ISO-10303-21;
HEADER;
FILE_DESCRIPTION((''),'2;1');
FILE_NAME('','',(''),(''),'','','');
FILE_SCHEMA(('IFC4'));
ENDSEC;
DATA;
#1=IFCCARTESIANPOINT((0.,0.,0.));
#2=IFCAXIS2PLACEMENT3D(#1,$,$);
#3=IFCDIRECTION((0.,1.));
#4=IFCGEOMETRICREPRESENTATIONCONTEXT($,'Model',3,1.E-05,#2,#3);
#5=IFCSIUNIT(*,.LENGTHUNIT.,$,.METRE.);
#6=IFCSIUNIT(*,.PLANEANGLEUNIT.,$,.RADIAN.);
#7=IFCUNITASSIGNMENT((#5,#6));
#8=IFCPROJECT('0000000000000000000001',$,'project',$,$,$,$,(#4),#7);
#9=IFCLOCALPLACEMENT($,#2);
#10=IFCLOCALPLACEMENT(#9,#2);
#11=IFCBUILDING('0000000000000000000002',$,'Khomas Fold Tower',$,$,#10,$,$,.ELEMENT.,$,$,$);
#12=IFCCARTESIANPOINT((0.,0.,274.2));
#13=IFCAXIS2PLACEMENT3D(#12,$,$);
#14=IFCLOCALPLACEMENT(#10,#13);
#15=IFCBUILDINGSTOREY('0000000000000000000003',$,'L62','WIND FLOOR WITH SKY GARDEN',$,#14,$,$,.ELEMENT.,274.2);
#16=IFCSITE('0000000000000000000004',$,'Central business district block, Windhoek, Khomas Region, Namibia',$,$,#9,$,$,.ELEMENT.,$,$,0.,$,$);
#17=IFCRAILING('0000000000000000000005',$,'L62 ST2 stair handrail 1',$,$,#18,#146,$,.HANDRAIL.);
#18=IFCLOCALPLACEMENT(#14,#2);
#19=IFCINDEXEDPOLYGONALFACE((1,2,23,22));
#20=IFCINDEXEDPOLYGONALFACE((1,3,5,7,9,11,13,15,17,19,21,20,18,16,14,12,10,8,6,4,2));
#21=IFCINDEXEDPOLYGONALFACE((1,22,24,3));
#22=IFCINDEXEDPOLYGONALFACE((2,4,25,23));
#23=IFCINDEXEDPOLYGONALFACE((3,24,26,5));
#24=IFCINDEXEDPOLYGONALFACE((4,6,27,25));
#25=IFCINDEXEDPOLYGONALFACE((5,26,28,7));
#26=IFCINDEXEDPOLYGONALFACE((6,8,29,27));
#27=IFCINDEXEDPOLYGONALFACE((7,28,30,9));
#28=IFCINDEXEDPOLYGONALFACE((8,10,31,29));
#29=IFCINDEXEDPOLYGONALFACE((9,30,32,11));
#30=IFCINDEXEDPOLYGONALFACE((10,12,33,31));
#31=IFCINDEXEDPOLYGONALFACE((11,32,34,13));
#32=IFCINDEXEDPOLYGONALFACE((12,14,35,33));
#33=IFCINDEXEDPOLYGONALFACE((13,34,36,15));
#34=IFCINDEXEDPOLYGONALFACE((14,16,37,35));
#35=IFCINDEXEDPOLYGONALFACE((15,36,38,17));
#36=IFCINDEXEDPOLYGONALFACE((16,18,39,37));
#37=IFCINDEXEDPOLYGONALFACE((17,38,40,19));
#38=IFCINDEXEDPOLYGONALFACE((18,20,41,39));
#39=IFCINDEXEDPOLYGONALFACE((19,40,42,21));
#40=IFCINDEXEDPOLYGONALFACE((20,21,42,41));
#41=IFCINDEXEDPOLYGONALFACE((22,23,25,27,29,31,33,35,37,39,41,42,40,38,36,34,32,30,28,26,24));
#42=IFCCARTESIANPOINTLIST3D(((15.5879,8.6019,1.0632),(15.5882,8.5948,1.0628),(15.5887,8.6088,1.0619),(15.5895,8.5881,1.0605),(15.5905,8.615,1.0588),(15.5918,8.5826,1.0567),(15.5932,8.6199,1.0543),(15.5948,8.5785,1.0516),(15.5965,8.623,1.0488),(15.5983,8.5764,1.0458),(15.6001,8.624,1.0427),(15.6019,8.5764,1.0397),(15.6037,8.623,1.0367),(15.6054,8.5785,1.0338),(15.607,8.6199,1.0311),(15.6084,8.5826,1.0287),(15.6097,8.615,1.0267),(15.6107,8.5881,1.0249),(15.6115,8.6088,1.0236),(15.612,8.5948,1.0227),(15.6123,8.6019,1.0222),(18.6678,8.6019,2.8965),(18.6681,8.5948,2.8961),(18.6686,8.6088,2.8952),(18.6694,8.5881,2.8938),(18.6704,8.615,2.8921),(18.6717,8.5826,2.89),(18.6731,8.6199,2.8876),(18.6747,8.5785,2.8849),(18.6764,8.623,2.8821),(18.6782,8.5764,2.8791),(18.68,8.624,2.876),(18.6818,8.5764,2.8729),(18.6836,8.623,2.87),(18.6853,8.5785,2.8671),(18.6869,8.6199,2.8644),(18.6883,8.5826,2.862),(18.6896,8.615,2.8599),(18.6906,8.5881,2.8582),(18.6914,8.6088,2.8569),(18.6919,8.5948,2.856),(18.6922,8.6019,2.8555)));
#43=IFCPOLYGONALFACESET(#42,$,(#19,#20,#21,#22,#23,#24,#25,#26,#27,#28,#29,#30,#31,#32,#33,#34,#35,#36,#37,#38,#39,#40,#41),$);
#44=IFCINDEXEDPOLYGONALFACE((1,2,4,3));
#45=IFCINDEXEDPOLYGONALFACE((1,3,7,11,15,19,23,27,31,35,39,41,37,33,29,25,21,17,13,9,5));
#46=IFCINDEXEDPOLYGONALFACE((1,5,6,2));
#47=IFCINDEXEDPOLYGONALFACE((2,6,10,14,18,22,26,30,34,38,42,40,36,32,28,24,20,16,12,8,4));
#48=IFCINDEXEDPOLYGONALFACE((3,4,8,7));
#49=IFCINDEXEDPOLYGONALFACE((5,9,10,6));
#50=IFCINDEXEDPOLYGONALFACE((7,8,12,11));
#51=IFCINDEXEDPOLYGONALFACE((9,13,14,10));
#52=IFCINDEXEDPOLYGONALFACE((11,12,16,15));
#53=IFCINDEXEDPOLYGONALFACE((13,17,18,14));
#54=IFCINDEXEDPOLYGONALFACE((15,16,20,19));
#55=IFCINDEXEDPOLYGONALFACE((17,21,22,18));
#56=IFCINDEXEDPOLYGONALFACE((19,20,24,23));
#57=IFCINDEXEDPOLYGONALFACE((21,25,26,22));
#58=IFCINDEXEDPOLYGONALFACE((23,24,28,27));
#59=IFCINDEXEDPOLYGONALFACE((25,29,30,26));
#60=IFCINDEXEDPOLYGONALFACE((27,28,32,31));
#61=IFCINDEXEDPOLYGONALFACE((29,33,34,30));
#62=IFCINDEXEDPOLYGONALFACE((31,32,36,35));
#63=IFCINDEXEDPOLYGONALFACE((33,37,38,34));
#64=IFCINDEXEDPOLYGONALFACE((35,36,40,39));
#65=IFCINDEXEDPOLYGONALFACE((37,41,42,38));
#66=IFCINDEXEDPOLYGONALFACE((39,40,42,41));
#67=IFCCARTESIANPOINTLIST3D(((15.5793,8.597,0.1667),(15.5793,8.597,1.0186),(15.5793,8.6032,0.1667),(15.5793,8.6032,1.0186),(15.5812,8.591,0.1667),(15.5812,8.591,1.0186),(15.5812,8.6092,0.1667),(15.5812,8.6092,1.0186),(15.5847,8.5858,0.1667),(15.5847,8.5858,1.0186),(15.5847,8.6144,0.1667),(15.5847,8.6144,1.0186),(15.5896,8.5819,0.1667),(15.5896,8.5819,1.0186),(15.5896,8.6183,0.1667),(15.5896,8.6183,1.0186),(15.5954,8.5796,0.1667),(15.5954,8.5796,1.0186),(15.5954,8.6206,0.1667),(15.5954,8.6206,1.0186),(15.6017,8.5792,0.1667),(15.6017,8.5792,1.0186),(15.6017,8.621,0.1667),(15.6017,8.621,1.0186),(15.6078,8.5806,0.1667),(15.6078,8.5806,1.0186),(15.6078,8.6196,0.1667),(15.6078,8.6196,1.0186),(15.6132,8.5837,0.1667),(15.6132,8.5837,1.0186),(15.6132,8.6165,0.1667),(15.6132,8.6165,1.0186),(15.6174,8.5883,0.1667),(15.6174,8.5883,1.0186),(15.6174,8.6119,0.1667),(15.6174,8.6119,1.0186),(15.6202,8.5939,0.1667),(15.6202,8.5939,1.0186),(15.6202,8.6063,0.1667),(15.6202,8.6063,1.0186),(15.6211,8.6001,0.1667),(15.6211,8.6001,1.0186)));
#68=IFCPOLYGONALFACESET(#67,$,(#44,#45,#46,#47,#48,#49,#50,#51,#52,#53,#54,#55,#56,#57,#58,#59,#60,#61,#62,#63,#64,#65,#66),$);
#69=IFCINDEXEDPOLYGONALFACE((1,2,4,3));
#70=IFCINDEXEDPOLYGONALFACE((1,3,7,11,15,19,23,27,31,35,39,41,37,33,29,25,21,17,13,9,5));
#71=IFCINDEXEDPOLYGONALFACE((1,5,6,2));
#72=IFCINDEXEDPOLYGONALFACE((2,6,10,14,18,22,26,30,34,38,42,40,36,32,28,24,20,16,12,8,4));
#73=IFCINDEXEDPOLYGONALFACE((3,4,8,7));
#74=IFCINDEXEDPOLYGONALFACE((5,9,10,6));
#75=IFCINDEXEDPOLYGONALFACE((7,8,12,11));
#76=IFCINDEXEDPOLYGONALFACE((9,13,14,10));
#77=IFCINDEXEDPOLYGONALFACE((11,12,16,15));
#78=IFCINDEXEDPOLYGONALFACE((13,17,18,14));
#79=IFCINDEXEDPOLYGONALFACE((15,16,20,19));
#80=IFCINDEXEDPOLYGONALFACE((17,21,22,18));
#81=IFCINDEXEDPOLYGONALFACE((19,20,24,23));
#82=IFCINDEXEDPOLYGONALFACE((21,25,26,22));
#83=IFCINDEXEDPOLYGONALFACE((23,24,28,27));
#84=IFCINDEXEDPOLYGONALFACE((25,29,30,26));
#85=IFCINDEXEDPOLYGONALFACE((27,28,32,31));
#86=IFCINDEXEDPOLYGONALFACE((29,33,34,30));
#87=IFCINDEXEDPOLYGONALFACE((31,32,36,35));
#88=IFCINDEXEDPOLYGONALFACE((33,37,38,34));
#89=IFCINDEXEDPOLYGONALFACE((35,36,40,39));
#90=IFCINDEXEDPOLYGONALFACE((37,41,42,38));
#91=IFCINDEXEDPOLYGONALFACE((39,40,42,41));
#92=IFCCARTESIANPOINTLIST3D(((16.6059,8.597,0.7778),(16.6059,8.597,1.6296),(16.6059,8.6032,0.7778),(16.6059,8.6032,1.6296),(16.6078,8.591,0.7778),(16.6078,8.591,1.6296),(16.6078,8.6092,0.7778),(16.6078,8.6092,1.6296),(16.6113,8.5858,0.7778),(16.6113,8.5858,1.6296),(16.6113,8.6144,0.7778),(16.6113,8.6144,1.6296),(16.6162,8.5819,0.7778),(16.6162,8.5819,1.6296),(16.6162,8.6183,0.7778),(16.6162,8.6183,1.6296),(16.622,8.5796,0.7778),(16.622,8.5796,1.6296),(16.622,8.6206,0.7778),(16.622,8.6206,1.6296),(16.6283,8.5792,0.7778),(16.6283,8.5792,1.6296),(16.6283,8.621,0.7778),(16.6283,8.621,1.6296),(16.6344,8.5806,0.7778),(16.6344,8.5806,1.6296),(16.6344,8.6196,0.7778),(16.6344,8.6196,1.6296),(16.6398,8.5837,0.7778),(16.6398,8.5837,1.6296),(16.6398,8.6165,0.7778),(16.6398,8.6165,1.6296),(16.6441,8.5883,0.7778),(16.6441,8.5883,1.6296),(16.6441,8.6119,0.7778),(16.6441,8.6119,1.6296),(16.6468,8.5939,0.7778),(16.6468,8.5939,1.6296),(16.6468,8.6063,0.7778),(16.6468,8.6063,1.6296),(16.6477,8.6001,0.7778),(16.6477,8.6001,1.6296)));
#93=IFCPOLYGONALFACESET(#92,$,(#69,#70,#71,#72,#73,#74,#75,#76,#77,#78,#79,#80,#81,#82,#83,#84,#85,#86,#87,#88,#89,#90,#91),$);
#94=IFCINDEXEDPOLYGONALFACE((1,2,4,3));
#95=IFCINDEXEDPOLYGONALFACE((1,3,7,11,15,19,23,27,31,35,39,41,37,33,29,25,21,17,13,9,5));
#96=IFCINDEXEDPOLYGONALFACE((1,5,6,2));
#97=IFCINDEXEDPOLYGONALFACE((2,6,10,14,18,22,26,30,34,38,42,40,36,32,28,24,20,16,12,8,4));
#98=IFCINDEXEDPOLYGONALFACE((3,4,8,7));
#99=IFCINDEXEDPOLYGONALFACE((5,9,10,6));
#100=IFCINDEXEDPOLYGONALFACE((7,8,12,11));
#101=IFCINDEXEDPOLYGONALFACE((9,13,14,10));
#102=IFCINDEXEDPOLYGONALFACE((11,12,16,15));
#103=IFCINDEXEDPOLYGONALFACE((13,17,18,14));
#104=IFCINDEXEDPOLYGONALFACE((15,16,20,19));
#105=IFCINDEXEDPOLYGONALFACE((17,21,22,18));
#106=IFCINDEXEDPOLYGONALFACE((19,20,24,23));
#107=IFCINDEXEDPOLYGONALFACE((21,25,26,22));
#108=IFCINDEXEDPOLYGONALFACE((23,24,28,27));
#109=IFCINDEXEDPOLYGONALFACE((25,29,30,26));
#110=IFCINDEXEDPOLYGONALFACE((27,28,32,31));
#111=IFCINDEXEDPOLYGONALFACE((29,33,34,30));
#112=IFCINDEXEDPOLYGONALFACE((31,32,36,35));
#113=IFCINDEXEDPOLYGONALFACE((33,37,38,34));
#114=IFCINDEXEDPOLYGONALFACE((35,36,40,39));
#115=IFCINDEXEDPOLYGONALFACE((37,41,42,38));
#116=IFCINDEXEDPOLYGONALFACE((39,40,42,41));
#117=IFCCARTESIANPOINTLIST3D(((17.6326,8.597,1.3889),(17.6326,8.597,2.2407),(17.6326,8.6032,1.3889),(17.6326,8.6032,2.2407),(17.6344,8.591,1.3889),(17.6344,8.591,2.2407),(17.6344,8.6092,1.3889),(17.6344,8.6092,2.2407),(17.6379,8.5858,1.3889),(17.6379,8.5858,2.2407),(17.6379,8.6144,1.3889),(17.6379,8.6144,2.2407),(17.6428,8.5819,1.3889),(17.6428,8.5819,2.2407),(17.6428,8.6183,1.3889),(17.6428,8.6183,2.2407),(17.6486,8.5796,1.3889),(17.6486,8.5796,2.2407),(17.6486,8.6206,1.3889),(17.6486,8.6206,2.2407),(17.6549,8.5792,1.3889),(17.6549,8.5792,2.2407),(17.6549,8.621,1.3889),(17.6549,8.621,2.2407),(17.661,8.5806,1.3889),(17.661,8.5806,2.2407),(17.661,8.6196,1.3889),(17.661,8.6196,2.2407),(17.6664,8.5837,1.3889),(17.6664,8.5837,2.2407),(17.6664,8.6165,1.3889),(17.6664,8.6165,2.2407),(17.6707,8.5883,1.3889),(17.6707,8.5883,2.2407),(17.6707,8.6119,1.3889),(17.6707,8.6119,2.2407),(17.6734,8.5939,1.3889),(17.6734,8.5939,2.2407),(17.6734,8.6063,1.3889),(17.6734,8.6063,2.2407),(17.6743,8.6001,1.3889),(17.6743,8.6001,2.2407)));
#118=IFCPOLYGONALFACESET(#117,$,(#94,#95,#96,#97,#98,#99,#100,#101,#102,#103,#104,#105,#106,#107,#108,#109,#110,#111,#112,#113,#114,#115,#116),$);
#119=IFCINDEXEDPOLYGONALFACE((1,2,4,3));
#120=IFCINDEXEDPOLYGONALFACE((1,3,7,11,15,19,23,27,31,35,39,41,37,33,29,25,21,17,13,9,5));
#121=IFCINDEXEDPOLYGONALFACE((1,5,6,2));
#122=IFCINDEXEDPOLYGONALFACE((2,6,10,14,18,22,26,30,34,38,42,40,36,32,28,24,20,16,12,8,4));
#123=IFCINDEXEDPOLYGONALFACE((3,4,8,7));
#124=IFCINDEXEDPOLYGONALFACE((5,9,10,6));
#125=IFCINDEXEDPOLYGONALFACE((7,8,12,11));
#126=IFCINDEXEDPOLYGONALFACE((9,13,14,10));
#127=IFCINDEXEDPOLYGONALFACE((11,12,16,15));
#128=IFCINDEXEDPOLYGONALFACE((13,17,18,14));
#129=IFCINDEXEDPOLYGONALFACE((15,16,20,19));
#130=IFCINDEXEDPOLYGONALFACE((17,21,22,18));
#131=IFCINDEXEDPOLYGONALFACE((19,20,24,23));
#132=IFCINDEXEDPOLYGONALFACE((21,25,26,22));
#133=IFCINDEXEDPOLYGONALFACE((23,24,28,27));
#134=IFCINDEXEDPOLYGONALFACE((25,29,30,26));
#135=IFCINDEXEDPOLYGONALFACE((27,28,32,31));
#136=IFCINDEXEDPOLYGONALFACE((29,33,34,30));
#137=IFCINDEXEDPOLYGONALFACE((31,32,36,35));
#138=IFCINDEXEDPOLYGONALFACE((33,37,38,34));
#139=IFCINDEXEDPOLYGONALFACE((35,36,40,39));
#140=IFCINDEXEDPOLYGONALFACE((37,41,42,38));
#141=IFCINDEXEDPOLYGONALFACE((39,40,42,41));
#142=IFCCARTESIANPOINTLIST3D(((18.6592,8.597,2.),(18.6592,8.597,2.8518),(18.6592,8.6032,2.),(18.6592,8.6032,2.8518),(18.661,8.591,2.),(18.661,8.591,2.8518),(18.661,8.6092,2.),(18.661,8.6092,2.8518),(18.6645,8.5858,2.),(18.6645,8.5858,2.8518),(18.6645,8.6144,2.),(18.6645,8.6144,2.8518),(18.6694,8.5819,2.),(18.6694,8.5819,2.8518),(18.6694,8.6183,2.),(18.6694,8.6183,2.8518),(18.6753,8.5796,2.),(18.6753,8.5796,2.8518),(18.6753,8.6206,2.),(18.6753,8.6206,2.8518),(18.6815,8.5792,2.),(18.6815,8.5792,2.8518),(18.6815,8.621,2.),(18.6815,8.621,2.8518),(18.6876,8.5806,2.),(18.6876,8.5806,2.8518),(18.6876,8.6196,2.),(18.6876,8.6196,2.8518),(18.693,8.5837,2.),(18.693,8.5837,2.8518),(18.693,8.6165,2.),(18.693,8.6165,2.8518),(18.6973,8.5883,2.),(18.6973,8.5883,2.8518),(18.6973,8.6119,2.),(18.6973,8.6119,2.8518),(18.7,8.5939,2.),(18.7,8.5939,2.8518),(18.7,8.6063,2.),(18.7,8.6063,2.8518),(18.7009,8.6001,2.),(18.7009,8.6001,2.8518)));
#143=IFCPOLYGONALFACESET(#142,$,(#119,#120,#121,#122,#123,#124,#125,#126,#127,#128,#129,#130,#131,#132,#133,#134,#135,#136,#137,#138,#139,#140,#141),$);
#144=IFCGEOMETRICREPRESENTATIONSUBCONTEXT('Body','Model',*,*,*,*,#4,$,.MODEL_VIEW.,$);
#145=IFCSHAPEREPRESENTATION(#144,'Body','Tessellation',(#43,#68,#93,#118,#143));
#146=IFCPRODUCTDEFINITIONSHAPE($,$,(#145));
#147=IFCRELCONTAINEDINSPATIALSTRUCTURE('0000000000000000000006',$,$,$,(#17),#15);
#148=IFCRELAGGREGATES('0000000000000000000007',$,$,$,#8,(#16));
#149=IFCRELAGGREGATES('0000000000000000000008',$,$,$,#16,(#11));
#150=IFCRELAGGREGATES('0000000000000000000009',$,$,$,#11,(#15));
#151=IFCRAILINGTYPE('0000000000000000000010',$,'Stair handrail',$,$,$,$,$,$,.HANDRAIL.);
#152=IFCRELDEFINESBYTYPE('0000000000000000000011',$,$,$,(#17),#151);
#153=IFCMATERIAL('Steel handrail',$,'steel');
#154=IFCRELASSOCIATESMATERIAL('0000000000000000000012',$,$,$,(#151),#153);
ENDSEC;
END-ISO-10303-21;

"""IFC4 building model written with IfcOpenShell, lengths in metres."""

from ifc_helpers import new_model, si_unit, direction, frame, origin, origin_2d, place, context, subcontext, project, spatial, circle, extrude, source, transform, mapped, material, type_object, element, save


model = new_model("IFC4")

# Units and contexts
model_context = context("Model", 3, precision=1e-05, world=origin(), true_north=direction((0.0, 1.0)))
body_context = subcontext(model_context, "Body", "Model", "MODEL_VIEW")
ifc_project = project(units=[si_unit("LENGTHUNIT", "METRE"), si_unit("PLANEANGLEUNIT", "RADIAN")], contexts=[model_context])

# Site, building, storey
site_placement = place(None, origin())
site = spatial("IfcSite", under=ifc_project, at=site_placement, Name="Central business district block, Windhoek, Khomas Region, Namibia", CompositionType="ELEMENT", RefElevation=0.0)
building_placement = place(site_placement, origin())
building = spatial("IfcBuilding", under=site, at=building_placement, Name="Khomas Fold Tower", CompositionType="ELEMENT")
storey_placement = place(building_placement, frame((0.0, 0.0, 274.2)))
storey = spatial("IfcBuildingStorey", under=building, at=storey_placement, Name="L62", Description="WIND FLOOR WITH SKY GARDEN", CompositionType="ELEMENT", Elevation=274.2)

# Railing
ifc_material_1 = material(Name="Steel handrail", Category="steel")
railing_type_1 = type_object("IfcRailingType", Name="Stair handrail", PredefinedType="HANDRAIL", material=ifc_material_1)
shared_shape_1 = source(origin(), body_context, "Body", "SweptSolid", [
    extrude(circle(Radius=0.0239, at=origin_2d()), frame((0.0, 0.0, 0.876), z_axis=(0.859291, 0.0, 0.511487), x_axis=(0.0, 1.0, 0.0)), (0.0, 0.0, 1.0), 3.5842),
    extrude(circle(Radius=0.021, at=origin_2d()), origin(), (0.0, 0.0, 1.0), 0.8518),
    extrude(circle(Radius=0.021, at=origin_2d()), frame((1.0266, 0.0, 0.6111)), (0.0, 0.0, 1.0), 0.8518),
    extrude(circle(Radius=0.021, at=origin_2d()), frame((2.0532, 0.0, 1.2222)), (0.0, 0.0, 1.0), 0.8518),
    extrude(circle(Radius=0.021, at=origin_2d()), frame((3.0798, 0.0, 1.8333)), (0.0, 0.0, 1.0), 0.8518),
])
for number, where, name in (
    (1, (15.6001, 8.6001, 0.1667), "L62 ST2 stair handrail 1"),
):
    element("IfcRailing", number, at=place(storey_placement, frame(where)), inside=storey, type_object=railing_type_1, Name=name, PredefinedType="HANDRAIL", context=body_context, shape_type="MappedRepresentation", body=[
        mapped(shared_shape_1, transform((0.0, 0.0, 0.0))),
    ])

save(model, "model.ifc")
